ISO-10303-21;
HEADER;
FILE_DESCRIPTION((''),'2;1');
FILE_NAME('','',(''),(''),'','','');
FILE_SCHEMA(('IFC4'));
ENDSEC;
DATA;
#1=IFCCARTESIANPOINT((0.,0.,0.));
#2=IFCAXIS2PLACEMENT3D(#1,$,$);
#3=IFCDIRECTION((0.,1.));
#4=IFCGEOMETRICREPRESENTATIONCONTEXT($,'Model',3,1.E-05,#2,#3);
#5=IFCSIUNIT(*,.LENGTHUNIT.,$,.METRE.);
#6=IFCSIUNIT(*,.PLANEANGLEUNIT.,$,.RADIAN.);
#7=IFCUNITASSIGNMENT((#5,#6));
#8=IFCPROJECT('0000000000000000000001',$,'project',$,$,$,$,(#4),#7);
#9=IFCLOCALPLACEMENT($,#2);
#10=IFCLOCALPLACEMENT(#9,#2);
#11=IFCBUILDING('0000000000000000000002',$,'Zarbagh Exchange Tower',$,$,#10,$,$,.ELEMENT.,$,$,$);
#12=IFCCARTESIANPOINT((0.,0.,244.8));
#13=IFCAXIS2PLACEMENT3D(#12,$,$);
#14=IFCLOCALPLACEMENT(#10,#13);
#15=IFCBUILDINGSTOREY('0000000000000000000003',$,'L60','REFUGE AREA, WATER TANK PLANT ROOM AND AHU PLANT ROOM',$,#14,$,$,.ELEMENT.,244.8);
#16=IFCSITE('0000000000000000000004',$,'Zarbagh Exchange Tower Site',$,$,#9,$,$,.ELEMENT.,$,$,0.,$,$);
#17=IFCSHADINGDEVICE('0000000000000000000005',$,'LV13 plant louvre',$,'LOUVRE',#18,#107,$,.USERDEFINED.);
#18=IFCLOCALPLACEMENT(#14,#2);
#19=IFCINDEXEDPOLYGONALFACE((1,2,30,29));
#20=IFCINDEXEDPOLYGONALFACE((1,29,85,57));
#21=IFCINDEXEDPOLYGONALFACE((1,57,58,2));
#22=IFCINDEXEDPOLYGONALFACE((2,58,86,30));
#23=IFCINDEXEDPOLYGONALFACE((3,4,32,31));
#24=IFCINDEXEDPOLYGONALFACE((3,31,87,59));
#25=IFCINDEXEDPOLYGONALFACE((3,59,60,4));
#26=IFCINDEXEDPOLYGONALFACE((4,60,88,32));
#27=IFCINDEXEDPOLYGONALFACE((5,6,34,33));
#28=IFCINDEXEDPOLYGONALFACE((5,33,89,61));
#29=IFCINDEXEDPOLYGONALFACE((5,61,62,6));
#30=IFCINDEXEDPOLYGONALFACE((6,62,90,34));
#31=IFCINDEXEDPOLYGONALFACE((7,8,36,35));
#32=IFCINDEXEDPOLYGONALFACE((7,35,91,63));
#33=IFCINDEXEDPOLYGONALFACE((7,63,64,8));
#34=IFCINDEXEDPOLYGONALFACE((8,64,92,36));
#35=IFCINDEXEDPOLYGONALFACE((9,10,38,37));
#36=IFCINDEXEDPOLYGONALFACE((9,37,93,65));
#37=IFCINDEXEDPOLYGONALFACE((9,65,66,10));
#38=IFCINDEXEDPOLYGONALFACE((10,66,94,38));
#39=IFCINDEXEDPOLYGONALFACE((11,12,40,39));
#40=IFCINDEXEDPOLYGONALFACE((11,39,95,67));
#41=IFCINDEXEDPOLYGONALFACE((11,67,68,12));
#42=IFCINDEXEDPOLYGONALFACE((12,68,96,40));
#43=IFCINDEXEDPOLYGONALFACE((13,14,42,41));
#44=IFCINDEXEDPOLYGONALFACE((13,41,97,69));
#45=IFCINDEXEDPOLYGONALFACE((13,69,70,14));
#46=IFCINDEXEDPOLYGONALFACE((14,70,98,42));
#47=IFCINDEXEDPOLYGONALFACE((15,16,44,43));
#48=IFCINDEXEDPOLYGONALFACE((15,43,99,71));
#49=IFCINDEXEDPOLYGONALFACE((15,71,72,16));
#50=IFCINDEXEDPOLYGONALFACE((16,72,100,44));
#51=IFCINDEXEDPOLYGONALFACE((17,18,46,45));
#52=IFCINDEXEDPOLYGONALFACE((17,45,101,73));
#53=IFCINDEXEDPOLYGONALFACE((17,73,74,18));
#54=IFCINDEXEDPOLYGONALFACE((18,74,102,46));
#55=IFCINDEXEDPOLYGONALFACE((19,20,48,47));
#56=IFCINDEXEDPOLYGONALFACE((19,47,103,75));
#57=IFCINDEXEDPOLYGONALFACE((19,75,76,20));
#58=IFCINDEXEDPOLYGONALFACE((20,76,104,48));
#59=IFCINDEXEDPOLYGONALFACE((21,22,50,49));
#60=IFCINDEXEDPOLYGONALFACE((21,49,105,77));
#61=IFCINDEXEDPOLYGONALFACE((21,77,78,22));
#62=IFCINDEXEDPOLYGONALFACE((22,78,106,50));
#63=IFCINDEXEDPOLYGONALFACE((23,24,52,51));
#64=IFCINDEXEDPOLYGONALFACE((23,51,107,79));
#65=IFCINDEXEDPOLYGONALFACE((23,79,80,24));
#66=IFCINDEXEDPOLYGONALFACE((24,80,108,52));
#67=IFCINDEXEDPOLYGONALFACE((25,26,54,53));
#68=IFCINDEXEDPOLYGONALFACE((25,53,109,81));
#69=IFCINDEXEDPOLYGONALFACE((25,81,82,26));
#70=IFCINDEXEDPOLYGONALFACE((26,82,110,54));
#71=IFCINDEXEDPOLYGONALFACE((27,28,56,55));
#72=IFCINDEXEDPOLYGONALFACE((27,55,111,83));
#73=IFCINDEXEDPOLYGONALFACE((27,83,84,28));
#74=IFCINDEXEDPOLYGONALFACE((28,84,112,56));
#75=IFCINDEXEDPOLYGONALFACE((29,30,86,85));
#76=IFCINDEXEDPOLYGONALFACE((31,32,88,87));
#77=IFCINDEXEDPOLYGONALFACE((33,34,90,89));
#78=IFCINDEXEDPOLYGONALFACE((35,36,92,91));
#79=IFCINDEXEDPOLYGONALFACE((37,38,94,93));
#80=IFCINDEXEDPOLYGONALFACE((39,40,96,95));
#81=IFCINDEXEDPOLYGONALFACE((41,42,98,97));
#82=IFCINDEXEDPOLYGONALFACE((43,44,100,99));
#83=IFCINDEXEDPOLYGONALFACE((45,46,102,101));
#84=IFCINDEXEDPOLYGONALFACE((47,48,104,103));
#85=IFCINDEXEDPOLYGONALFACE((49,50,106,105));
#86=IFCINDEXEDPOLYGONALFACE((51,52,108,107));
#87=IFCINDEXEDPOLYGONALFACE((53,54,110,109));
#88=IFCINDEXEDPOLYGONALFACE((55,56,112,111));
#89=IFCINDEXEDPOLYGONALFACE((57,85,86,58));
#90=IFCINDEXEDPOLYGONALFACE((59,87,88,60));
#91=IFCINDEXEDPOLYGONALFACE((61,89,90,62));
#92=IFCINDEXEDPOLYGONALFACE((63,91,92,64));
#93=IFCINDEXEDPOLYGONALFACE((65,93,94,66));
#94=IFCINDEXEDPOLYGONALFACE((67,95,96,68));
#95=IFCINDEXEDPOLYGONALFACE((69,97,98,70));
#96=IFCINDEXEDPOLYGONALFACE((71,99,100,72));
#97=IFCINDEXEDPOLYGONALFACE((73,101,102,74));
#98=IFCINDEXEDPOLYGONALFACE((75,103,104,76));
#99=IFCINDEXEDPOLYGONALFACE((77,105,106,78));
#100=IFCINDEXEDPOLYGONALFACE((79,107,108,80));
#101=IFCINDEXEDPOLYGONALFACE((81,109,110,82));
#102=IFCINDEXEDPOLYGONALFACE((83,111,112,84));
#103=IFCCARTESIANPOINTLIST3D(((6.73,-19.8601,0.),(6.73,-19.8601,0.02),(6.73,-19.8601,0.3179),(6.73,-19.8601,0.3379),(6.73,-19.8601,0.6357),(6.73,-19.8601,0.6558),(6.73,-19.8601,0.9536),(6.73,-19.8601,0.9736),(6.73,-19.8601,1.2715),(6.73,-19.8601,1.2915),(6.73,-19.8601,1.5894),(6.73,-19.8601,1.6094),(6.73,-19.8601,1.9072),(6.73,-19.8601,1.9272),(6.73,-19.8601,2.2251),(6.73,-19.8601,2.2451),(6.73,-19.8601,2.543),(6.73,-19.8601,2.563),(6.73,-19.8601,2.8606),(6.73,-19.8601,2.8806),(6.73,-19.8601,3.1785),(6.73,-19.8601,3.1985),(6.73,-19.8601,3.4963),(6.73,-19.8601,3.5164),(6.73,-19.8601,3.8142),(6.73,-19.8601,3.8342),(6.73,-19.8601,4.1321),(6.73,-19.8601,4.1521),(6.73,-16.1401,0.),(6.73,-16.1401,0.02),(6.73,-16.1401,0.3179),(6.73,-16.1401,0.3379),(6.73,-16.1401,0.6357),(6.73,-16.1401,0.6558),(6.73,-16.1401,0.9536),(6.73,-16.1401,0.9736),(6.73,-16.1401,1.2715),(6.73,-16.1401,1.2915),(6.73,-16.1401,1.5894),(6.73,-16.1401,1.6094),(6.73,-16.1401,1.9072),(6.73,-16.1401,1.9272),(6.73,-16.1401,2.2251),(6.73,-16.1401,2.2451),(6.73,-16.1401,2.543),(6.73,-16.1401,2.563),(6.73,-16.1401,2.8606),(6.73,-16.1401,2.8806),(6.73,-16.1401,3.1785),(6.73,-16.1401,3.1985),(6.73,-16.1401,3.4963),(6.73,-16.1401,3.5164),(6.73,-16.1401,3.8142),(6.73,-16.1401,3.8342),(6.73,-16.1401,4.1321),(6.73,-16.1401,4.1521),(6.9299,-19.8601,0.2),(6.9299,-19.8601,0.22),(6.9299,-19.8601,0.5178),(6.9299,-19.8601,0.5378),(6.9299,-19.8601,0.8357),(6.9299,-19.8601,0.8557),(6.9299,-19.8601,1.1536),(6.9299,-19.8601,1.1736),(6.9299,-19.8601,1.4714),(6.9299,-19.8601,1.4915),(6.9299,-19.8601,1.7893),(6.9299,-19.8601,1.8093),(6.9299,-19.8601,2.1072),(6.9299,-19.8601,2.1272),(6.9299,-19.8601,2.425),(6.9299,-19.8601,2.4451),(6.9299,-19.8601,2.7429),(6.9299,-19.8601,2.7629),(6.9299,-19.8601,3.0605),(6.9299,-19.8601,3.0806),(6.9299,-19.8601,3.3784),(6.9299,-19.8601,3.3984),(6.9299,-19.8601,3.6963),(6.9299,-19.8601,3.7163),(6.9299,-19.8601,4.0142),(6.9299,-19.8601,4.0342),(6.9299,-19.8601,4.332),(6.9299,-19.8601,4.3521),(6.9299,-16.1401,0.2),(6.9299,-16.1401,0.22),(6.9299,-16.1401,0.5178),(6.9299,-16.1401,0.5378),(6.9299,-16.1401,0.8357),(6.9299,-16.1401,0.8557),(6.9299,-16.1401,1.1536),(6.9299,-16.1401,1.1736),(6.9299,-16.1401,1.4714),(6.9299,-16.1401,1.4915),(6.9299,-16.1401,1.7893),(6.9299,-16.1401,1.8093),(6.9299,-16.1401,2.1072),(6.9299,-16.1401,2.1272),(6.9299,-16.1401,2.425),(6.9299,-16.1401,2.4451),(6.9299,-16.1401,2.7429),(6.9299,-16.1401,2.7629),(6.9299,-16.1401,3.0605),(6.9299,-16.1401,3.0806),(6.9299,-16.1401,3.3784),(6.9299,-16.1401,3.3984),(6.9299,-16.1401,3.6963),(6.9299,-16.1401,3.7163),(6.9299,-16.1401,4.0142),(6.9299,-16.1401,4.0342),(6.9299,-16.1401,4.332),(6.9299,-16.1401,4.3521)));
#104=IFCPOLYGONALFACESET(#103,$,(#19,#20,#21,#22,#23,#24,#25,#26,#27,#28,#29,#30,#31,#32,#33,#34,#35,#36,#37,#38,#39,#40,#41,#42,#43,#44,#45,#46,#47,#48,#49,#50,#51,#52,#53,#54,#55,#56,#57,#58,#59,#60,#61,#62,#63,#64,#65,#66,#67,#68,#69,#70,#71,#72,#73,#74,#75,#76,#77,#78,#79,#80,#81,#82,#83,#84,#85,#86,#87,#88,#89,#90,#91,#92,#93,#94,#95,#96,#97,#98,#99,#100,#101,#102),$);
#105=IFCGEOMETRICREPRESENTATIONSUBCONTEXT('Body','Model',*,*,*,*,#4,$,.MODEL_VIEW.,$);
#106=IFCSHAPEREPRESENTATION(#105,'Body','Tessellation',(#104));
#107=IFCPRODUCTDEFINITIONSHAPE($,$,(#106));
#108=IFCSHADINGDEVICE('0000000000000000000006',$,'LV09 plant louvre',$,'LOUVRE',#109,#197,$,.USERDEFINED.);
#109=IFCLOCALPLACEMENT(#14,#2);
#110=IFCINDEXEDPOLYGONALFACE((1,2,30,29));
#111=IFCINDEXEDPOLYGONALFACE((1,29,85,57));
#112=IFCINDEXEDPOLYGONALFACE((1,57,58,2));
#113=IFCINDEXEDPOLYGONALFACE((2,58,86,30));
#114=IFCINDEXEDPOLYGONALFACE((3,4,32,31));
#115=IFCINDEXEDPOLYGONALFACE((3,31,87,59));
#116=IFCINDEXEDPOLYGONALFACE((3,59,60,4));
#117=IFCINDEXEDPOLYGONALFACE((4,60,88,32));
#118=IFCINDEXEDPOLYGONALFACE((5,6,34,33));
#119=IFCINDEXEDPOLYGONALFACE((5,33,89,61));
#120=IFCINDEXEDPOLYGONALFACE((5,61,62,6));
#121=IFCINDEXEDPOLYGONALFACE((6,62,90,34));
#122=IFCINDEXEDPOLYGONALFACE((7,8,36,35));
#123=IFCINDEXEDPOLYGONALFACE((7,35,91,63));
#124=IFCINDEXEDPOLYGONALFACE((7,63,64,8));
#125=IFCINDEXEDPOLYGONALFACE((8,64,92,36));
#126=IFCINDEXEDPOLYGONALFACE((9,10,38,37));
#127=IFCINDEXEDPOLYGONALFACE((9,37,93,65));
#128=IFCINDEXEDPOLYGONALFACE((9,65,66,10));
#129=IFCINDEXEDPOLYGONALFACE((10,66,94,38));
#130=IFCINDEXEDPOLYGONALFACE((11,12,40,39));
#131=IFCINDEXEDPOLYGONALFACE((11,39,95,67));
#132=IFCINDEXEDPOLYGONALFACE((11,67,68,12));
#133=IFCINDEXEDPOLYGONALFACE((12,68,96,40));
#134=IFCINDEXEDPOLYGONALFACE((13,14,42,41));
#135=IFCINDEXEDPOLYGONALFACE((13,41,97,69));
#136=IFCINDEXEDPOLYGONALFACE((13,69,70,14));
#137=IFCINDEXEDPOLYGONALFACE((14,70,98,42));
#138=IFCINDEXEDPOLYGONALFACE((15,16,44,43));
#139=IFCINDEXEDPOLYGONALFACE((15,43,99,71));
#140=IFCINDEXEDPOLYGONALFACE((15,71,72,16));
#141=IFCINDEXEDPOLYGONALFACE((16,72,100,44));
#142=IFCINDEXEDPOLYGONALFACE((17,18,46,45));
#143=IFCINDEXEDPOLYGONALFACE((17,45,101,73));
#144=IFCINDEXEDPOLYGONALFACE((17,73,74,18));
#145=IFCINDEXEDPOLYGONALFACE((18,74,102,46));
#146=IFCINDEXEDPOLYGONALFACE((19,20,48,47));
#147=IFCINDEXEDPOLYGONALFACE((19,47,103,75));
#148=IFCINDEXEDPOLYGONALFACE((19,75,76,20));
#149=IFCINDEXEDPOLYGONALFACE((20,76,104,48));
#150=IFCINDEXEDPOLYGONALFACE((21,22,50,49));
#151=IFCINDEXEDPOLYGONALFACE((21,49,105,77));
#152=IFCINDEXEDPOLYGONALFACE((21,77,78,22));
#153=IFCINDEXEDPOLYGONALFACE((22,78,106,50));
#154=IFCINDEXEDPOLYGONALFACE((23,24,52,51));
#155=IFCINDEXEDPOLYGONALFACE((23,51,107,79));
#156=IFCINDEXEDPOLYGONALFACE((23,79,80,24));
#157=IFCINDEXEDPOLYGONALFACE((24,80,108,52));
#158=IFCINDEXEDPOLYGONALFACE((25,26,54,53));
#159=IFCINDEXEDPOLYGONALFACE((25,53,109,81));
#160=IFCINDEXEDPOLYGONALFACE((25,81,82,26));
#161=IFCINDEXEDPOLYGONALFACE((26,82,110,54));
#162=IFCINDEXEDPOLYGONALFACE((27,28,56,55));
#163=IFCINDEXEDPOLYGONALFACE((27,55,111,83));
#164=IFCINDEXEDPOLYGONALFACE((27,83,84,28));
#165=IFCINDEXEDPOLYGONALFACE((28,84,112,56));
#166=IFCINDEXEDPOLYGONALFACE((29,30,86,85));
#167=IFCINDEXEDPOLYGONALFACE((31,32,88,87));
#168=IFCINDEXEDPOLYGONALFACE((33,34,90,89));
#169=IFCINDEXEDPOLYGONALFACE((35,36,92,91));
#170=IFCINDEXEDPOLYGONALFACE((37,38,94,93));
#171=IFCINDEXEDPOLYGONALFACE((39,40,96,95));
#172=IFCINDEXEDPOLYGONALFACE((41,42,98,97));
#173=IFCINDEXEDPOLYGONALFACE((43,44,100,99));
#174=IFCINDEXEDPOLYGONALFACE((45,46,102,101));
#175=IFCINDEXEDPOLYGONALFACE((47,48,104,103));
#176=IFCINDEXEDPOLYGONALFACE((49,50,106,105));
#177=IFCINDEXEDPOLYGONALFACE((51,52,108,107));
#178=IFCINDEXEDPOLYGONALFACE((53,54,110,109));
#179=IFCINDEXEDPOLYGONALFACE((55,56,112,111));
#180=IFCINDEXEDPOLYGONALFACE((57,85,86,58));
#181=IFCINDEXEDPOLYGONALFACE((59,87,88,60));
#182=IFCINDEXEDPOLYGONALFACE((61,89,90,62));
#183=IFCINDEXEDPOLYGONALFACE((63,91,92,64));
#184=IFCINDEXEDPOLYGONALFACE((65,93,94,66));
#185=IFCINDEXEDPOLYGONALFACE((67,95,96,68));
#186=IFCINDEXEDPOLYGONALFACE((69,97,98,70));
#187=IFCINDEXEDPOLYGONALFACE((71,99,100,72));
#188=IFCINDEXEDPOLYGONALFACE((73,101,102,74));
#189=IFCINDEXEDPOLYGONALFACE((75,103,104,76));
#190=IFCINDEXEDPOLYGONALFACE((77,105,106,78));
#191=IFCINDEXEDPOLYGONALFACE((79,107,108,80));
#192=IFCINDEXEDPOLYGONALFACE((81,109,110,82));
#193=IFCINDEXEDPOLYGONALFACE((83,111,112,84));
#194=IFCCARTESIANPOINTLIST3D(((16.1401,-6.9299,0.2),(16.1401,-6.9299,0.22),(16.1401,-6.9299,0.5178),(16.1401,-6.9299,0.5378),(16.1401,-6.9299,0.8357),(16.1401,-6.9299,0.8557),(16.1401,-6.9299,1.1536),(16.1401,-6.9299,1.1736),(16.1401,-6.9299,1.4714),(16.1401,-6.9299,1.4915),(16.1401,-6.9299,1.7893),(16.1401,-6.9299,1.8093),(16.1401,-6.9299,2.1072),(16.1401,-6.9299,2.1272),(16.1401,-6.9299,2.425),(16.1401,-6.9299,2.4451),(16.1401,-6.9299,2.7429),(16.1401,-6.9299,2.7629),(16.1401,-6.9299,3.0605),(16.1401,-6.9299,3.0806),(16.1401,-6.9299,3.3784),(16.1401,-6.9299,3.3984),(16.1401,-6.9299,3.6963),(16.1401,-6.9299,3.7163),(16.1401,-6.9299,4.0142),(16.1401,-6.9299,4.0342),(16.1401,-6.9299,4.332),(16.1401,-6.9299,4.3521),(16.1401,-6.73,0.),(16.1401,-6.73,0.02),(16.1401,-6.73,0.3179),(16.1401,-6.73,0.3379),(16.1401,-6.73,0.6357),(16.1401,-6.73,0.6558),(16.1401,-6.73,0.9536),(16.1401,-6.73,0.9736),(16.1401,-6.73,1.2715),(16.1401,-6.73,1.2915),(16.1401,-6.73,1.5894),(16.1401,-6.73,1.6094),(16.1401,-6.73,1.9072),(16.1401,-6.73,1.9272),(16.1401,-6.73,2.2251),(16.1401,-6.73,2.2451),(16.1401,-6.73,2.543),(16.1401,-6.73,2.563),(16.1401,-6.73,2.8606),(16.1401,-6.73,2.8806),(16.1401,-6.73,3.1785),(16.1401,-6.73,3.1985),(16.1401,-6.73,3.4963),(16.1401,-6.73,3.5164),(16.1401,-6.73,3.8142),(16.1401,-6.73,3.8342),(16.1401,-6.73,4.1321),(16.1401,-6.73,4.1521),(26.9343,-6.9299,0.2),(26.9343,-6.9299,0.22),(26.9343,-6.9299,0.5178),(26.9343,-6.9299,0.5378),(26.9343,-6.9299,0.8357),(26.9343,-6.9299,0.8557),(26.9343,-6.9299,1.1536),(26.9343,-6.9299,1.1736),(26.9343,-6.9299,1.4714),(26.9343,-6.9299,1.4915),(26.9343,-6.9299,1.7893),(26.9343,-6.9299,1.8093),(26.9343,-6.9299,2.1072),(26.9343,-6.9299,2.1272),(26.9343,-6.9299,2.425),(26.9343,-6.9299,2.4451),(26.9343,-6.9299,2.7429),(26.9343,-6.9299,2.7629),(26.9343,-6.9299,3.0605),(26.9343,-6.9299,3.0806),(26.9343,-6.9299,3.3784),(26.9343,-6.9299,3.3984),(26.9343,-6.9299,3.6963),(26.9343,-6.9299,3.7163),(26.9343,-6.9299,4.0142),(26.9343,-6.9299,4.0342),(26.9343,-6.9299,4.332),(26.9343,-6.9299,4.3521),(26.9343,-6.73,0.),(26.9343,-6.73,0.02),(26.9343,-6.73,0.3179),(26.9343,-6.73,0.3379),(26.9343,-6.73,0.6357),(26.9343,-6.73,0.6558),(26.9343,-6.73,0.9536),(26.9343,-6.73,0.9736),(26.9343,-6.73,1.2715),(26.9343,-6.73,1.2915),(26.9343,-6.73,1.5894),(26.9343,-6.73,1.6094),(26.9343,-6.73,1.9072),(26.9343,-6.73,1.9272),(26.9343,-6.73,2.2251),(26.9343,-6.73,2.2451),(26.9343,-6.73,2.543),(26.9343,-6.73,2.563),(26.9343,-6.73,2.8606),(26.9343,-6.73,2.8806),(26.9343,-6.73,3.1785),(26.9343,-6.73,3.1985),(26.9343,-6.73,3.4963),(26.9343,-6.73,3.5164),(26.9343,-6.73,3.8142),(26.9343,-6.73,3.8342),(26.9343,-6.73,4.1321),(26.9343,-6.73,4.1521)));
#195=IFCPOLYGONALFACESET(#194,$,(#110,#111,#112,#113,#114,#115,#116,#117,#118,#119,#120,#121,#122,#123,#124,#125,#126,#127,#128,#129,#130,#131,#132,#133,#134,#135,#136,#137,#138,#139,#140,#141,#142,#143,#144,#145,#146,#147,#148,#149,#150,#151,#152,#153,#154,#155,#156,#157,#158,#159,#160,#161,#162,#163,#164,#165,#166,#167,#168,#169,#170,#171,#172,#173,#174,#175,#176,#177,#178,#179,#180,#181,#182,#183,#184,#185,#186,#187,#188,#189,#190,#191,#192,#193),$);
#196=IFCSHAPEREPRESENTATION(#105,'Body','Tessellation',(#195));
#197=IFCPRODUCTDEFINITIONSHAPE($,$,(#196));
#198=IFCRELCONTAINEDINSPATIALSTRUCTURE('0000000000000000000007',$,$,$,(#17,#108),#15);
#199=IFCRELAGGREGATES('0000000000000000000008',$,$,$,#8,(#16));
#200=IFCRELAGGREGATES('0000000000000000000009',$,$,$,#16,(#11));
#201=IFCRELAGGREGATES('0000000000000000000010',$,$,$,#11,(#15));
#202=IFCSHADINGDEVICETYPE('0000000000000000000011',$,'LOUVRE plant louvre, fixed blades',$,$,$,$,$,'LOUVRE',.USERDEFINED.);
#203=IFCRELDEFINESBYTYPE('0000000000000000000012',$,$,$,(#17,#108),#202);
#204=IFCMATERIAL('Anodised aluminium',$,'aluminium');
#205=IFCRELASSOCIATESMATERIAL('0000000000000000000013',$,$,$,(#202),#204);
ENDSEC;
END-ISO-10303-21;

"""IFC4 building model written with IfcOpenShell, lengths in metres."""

from ifc_helpers import new_model, si_unit, direction, frame, origin, place, context, subcontext, project, spatial, polyline, outline, extrude, source, transform, mapped, material, type_object, element, save


model = new_model("IFC4")

# Units and contexts
model_context = context("Model", 3, precision=1e-05, world=origin(), true_north=direction((0.0, 1.0)))
body_context = subcontext(model_context, "Body", "Model", "MODEL_VIEW")
ifc_project = project(units=[si_unit("LENGTHUNIT", "METRE"), si_unit("PLANEANGLEUNIT", "RADIAN")], contexts=[model_context])

# Site, building, storey
site_placement = place(None, origin())
site = spatial("IfcSite", under=ifc_project, at=site_placement, Name="Zarbagh Exchange Tower Site", CompositionType="ELEMENT", RefElevation=0.0)
building_placement = place(site_placement, origin())
building = spatial("IfcBuilding", under=site, at=building_placement, Name="Zarbagh Exchange Tower", CompositionType="ELEMENT")
storey_placement = place(building_placement, frame((0.0, 0.0, 244.8)))
storey = spatial("IfcBuildingStorey", under=building, at=storey_placement, Name="L60", Description="REFUGE AREA, WATER TANK PLANT ROOM AND AHU PLANT ROOM", CompositionType="ELEMENT", Elevation=244.8)

# Shared definitions
placement = place(storey_placement, origin())

# Shading device
ifc_material_1 = material(Name="Anodised aluminium", Category="aluminium")
shading_device_type = type_object("IfcShadingDeviceType", Name="LOUVRE plant louvre, fixed blades", ElementType="LOUVRE", PredefinedType="USERDEFINED", material=ifc_material_1)
shared_shape_1 = source(origin(), body_context, "Body", "SweptSolid", [
    extrude(outline(polyline([(0.0, 0.2), (0.2, 0.0), (0.2, -0.02), (0.0, 0.1799), (0.0, 0.2)])), origin(), (0.0, 0.0, 1.0), 3.72),
])
element("IfcShadingDevice", 1, at=placement, inside=storey, type_object=shading_device_type, Name="LV13 plant louvre", ObjectType="LOUVRE", PredefinedType="USERDEFINED", context=body_context, shape_type="MappedRepresentation", body=[
    mapped(shared_shape_1, transform((6.73, -19.8601, 0.2), x_axis=(1.0, 0.0, 0.0), y_axis=(0.0, 0.0, -1.0), z_axis=(0.0, 1.0, 0.0))),
    mapped(shared_shape_1, transform((6.73, -19.8601, 0.5178), x_axis=(1.0, 0.0, 0.0), y_axis=(0.0, 0.0, -1.0), z_axis=(0.0, 1.0, 0.0))),
    mapped(shared_shape_1, transform((6.73, -19.8601, 0.8357), x_axis=(1.0, 0.0, 0.0), y_axis=(0.0, 0.0, -1.0), z_axis=(0.0, 1.0, 0.0))),
    mapped(shared_shape_1, transform((6.73, -19.8601, 1.1536), x_axis=(1.0, 0.0, 0.0), y_axis=(0.0, 0.0, -1.0), z_axis=(0.0, 1.0, 0.0))),
    mapped(shared_shape_1, transform((6.73, -19.8601, 1.4714), x_axis=(1.0, 0.0, 0.0), y_axis=(0.0, 0.0, -1.0), z_axis=(0.0, 1.0, 0.0))),
    mapped(shared_shape_1, transform((6.73, -19.8601, 1.7893), x_axis=(1.0, 0.0, 0.0), y_axis=(0.0, 0.0, -1.0), z_axis=(0.0, 1.0, 0.0))),
    mapped(shared_shape_1, transform((6.73, -19.8601, 2.1072), x_axis=(1.0, 0.0, 0.0), y_axis=(0.0, 0.0, -1.0), z_axis=(0.0, 1.0, 0.0))),
    mapped(shared_shape_1, transform((6.73, -19.8601, 2.425), x_axis=(1.0, 0.0, 0.0), y_axis=(0.0, 0.0, -1.0), z_axis=(0.0, 1.0, 0.0))),
    mapped(shared_shape_1, transform((6.73, -19.8601, 2.7429), x_axis=(1.0, 0.0, 0.0), y_axis=(0.0, 0.0, -1.0), z_axis=(0.0, 1.0, 0.0))),
    mapped(shared_shape_1, transform((6.73, -19.8601, 3.0605), x_axis=(1.0, 0.0, 0.0), y_axis=(0.0, 0.0, -1.0), z_axis=(0.0, 1.0, 0.0))),
    mapped(shared_shape_1, transform((6.73, -19.8601, 3.3784), x_axis=(1.0, 0.0, 0.0), y_axis=(0.0, 0.0, -1.0), z_axis=(0.0, 1.0, 0.0))),
    mapped(shared_shape_1, transform((6.73, -19.8601, 3.6963), x_axis=(1.0, 0.0, 0.0), y_axis=(0.0, 0.0, -1.0), z_axis=(0.0, 1.0, 0.0))),
    mapped(shared_shape_1, transform((6.73, -19.8601, 4.0142), x_axis=(1.0, 0.0, 0.0), y_axis=(0.0, 0.0, -1.0), z_axis=(0.0, 1.0, 0.0))),
    mapped(shared_shape_1, transform((6.73, -19.8601, 4.332), x_axis=(1.0, 0.0, 0.0), y_axis=(0.0, 0.0, -1.0), z_axis=(0.0, 1.0, 0.0))),
])

# Shading device
shared_shape_2 = source(origin(), body_context, "Body", "SweptSolid", [
    extrude(outline(polyline([(0.0, 0.2), (0.2, 0.0), (0.2, -0.02), (0.0, 0.1799), (0.0, 0.2)])), origin(), (0.0, 0.0, 1.0), 10.7942),
])
element("IfcShadingDevice", 2, at=placement, inside=storey, type_object=shading_device_type, Name="LV09 plant louvre", ObjectType="LOUVRE", PredefinedType="USERDEFINED", context=body_context, shape_type="MappedRepresentation", body=[
    mapped(shared_shape_2, transform((16.1401, -6.73, 0.2), x_axis=(0.0, -1.0, 0.0), y_axis=(0.0, 0.0, -1.0), z_axis=(1.0, 0.0, 0.0))),
    mapped(shared_shape_2, transform((16.1401, -6.73, 0.5178), x_axis=(0.0, -1.0, 0.0), y_axis=(0.0, 0.0, -1.0), z_axis=(1.0, 0.0, 0.0))),
    mapped(shared_shape_2, transform((16.1401, -6.73, 0.8357), x_axis=(0.0, -1.0, 0.0), y_axis=(0.0, 0.0, -1.0), z_axis=(1.0, 0.0, 0.0))),
    mapped(shared_shape_2, transform((16.1401, -6.73, 1.1536), x_axis=(0.0, -1.0, 0.0), y_axis=(0.0, 0.0, -1.0), z_axis=(1.0, 0.0, 0.0))),
    mapped(shared_shape_2, transform((16.1401, -6.73, 1.4714), x_axis=(0.0, -1.0, 0.0), y_axis=(0.0, 0.0, -1.0), z_axis=(1.0, 0.0, 0.0))),
    mapped(shared_shape_2, transform((16.1401, -6.73, 1.7893), x_axis=(0.0, -1.0, 0.0), y_axis=(0.0, 0.0, -1.0), z_axis=(1.0, 0.0, 0.0))),
    mapped(shared_shape_2, transform((16.1401, -6.73, 2.1072), x_axis=(0.0, -1.0, 0.0), y_axis=(0.0, 0.0, -1.0), z_axis=(1.0, 0.0, 0.0))),
    mapped(shared_shape_2, transform((16.1401, -6.73, 2.425), x_axis=(0.0, -1.0, 0.0), y_axis=(0.0, 0.0, -1.0), z_axis=(1.0, 0.0, 0.0))),
    mapped(shared_shape_2, transform((16.1401, -6.73, 2.7429), x_axis=(0.0, -1.0, 0.0), y_axis=(0.0, 0.0, -1.0), z_axis=(1.0, 0.0, 0.0))),
    mapped(shared_shape_2, transform((16.1401, -6.73, 3.0605), x_axis=(0.0, -1.0, 0.0), y_axis=(0.0, 0.0, -1.0), z_axis=(1.0, 0.0, 0.0))),
    mapped(shared_shape_2, transform((16.1401, -6.73, 3.3784), x_axis=(0.0, -1.0, 0.0), y_axis=(0.0, 0.0, -1.0), z_axis=(1.0, 0.0, 0.0))),
    mapped(shared_shape_2, transform((16.1401, -6.73, 3.6963), x_axis=(0.0, -1.0, 0.0), y_axis=(0.0, 0.0, -1.0), z_axis=(1.0, 0.0, 0.0))),
    mapped(shared_shape_2, transform((16.1401, -6.73, 4.0142), x_axis=(0.0, -1.0, 0.0), y_axis=(0.0, 0.0, -1.0), z_axis=(1.0, 0.0, 0.0))),
    mapped(shared_shape_2, transform((16.1401, -6.73, 4.332), x_axis=(0.0, -1.0, 0.0), y_axis=(0.0, 0.0, -1.0), z_axis=(1.0, 0.0, 0.0))),
])

save(model, "model.ifc")
